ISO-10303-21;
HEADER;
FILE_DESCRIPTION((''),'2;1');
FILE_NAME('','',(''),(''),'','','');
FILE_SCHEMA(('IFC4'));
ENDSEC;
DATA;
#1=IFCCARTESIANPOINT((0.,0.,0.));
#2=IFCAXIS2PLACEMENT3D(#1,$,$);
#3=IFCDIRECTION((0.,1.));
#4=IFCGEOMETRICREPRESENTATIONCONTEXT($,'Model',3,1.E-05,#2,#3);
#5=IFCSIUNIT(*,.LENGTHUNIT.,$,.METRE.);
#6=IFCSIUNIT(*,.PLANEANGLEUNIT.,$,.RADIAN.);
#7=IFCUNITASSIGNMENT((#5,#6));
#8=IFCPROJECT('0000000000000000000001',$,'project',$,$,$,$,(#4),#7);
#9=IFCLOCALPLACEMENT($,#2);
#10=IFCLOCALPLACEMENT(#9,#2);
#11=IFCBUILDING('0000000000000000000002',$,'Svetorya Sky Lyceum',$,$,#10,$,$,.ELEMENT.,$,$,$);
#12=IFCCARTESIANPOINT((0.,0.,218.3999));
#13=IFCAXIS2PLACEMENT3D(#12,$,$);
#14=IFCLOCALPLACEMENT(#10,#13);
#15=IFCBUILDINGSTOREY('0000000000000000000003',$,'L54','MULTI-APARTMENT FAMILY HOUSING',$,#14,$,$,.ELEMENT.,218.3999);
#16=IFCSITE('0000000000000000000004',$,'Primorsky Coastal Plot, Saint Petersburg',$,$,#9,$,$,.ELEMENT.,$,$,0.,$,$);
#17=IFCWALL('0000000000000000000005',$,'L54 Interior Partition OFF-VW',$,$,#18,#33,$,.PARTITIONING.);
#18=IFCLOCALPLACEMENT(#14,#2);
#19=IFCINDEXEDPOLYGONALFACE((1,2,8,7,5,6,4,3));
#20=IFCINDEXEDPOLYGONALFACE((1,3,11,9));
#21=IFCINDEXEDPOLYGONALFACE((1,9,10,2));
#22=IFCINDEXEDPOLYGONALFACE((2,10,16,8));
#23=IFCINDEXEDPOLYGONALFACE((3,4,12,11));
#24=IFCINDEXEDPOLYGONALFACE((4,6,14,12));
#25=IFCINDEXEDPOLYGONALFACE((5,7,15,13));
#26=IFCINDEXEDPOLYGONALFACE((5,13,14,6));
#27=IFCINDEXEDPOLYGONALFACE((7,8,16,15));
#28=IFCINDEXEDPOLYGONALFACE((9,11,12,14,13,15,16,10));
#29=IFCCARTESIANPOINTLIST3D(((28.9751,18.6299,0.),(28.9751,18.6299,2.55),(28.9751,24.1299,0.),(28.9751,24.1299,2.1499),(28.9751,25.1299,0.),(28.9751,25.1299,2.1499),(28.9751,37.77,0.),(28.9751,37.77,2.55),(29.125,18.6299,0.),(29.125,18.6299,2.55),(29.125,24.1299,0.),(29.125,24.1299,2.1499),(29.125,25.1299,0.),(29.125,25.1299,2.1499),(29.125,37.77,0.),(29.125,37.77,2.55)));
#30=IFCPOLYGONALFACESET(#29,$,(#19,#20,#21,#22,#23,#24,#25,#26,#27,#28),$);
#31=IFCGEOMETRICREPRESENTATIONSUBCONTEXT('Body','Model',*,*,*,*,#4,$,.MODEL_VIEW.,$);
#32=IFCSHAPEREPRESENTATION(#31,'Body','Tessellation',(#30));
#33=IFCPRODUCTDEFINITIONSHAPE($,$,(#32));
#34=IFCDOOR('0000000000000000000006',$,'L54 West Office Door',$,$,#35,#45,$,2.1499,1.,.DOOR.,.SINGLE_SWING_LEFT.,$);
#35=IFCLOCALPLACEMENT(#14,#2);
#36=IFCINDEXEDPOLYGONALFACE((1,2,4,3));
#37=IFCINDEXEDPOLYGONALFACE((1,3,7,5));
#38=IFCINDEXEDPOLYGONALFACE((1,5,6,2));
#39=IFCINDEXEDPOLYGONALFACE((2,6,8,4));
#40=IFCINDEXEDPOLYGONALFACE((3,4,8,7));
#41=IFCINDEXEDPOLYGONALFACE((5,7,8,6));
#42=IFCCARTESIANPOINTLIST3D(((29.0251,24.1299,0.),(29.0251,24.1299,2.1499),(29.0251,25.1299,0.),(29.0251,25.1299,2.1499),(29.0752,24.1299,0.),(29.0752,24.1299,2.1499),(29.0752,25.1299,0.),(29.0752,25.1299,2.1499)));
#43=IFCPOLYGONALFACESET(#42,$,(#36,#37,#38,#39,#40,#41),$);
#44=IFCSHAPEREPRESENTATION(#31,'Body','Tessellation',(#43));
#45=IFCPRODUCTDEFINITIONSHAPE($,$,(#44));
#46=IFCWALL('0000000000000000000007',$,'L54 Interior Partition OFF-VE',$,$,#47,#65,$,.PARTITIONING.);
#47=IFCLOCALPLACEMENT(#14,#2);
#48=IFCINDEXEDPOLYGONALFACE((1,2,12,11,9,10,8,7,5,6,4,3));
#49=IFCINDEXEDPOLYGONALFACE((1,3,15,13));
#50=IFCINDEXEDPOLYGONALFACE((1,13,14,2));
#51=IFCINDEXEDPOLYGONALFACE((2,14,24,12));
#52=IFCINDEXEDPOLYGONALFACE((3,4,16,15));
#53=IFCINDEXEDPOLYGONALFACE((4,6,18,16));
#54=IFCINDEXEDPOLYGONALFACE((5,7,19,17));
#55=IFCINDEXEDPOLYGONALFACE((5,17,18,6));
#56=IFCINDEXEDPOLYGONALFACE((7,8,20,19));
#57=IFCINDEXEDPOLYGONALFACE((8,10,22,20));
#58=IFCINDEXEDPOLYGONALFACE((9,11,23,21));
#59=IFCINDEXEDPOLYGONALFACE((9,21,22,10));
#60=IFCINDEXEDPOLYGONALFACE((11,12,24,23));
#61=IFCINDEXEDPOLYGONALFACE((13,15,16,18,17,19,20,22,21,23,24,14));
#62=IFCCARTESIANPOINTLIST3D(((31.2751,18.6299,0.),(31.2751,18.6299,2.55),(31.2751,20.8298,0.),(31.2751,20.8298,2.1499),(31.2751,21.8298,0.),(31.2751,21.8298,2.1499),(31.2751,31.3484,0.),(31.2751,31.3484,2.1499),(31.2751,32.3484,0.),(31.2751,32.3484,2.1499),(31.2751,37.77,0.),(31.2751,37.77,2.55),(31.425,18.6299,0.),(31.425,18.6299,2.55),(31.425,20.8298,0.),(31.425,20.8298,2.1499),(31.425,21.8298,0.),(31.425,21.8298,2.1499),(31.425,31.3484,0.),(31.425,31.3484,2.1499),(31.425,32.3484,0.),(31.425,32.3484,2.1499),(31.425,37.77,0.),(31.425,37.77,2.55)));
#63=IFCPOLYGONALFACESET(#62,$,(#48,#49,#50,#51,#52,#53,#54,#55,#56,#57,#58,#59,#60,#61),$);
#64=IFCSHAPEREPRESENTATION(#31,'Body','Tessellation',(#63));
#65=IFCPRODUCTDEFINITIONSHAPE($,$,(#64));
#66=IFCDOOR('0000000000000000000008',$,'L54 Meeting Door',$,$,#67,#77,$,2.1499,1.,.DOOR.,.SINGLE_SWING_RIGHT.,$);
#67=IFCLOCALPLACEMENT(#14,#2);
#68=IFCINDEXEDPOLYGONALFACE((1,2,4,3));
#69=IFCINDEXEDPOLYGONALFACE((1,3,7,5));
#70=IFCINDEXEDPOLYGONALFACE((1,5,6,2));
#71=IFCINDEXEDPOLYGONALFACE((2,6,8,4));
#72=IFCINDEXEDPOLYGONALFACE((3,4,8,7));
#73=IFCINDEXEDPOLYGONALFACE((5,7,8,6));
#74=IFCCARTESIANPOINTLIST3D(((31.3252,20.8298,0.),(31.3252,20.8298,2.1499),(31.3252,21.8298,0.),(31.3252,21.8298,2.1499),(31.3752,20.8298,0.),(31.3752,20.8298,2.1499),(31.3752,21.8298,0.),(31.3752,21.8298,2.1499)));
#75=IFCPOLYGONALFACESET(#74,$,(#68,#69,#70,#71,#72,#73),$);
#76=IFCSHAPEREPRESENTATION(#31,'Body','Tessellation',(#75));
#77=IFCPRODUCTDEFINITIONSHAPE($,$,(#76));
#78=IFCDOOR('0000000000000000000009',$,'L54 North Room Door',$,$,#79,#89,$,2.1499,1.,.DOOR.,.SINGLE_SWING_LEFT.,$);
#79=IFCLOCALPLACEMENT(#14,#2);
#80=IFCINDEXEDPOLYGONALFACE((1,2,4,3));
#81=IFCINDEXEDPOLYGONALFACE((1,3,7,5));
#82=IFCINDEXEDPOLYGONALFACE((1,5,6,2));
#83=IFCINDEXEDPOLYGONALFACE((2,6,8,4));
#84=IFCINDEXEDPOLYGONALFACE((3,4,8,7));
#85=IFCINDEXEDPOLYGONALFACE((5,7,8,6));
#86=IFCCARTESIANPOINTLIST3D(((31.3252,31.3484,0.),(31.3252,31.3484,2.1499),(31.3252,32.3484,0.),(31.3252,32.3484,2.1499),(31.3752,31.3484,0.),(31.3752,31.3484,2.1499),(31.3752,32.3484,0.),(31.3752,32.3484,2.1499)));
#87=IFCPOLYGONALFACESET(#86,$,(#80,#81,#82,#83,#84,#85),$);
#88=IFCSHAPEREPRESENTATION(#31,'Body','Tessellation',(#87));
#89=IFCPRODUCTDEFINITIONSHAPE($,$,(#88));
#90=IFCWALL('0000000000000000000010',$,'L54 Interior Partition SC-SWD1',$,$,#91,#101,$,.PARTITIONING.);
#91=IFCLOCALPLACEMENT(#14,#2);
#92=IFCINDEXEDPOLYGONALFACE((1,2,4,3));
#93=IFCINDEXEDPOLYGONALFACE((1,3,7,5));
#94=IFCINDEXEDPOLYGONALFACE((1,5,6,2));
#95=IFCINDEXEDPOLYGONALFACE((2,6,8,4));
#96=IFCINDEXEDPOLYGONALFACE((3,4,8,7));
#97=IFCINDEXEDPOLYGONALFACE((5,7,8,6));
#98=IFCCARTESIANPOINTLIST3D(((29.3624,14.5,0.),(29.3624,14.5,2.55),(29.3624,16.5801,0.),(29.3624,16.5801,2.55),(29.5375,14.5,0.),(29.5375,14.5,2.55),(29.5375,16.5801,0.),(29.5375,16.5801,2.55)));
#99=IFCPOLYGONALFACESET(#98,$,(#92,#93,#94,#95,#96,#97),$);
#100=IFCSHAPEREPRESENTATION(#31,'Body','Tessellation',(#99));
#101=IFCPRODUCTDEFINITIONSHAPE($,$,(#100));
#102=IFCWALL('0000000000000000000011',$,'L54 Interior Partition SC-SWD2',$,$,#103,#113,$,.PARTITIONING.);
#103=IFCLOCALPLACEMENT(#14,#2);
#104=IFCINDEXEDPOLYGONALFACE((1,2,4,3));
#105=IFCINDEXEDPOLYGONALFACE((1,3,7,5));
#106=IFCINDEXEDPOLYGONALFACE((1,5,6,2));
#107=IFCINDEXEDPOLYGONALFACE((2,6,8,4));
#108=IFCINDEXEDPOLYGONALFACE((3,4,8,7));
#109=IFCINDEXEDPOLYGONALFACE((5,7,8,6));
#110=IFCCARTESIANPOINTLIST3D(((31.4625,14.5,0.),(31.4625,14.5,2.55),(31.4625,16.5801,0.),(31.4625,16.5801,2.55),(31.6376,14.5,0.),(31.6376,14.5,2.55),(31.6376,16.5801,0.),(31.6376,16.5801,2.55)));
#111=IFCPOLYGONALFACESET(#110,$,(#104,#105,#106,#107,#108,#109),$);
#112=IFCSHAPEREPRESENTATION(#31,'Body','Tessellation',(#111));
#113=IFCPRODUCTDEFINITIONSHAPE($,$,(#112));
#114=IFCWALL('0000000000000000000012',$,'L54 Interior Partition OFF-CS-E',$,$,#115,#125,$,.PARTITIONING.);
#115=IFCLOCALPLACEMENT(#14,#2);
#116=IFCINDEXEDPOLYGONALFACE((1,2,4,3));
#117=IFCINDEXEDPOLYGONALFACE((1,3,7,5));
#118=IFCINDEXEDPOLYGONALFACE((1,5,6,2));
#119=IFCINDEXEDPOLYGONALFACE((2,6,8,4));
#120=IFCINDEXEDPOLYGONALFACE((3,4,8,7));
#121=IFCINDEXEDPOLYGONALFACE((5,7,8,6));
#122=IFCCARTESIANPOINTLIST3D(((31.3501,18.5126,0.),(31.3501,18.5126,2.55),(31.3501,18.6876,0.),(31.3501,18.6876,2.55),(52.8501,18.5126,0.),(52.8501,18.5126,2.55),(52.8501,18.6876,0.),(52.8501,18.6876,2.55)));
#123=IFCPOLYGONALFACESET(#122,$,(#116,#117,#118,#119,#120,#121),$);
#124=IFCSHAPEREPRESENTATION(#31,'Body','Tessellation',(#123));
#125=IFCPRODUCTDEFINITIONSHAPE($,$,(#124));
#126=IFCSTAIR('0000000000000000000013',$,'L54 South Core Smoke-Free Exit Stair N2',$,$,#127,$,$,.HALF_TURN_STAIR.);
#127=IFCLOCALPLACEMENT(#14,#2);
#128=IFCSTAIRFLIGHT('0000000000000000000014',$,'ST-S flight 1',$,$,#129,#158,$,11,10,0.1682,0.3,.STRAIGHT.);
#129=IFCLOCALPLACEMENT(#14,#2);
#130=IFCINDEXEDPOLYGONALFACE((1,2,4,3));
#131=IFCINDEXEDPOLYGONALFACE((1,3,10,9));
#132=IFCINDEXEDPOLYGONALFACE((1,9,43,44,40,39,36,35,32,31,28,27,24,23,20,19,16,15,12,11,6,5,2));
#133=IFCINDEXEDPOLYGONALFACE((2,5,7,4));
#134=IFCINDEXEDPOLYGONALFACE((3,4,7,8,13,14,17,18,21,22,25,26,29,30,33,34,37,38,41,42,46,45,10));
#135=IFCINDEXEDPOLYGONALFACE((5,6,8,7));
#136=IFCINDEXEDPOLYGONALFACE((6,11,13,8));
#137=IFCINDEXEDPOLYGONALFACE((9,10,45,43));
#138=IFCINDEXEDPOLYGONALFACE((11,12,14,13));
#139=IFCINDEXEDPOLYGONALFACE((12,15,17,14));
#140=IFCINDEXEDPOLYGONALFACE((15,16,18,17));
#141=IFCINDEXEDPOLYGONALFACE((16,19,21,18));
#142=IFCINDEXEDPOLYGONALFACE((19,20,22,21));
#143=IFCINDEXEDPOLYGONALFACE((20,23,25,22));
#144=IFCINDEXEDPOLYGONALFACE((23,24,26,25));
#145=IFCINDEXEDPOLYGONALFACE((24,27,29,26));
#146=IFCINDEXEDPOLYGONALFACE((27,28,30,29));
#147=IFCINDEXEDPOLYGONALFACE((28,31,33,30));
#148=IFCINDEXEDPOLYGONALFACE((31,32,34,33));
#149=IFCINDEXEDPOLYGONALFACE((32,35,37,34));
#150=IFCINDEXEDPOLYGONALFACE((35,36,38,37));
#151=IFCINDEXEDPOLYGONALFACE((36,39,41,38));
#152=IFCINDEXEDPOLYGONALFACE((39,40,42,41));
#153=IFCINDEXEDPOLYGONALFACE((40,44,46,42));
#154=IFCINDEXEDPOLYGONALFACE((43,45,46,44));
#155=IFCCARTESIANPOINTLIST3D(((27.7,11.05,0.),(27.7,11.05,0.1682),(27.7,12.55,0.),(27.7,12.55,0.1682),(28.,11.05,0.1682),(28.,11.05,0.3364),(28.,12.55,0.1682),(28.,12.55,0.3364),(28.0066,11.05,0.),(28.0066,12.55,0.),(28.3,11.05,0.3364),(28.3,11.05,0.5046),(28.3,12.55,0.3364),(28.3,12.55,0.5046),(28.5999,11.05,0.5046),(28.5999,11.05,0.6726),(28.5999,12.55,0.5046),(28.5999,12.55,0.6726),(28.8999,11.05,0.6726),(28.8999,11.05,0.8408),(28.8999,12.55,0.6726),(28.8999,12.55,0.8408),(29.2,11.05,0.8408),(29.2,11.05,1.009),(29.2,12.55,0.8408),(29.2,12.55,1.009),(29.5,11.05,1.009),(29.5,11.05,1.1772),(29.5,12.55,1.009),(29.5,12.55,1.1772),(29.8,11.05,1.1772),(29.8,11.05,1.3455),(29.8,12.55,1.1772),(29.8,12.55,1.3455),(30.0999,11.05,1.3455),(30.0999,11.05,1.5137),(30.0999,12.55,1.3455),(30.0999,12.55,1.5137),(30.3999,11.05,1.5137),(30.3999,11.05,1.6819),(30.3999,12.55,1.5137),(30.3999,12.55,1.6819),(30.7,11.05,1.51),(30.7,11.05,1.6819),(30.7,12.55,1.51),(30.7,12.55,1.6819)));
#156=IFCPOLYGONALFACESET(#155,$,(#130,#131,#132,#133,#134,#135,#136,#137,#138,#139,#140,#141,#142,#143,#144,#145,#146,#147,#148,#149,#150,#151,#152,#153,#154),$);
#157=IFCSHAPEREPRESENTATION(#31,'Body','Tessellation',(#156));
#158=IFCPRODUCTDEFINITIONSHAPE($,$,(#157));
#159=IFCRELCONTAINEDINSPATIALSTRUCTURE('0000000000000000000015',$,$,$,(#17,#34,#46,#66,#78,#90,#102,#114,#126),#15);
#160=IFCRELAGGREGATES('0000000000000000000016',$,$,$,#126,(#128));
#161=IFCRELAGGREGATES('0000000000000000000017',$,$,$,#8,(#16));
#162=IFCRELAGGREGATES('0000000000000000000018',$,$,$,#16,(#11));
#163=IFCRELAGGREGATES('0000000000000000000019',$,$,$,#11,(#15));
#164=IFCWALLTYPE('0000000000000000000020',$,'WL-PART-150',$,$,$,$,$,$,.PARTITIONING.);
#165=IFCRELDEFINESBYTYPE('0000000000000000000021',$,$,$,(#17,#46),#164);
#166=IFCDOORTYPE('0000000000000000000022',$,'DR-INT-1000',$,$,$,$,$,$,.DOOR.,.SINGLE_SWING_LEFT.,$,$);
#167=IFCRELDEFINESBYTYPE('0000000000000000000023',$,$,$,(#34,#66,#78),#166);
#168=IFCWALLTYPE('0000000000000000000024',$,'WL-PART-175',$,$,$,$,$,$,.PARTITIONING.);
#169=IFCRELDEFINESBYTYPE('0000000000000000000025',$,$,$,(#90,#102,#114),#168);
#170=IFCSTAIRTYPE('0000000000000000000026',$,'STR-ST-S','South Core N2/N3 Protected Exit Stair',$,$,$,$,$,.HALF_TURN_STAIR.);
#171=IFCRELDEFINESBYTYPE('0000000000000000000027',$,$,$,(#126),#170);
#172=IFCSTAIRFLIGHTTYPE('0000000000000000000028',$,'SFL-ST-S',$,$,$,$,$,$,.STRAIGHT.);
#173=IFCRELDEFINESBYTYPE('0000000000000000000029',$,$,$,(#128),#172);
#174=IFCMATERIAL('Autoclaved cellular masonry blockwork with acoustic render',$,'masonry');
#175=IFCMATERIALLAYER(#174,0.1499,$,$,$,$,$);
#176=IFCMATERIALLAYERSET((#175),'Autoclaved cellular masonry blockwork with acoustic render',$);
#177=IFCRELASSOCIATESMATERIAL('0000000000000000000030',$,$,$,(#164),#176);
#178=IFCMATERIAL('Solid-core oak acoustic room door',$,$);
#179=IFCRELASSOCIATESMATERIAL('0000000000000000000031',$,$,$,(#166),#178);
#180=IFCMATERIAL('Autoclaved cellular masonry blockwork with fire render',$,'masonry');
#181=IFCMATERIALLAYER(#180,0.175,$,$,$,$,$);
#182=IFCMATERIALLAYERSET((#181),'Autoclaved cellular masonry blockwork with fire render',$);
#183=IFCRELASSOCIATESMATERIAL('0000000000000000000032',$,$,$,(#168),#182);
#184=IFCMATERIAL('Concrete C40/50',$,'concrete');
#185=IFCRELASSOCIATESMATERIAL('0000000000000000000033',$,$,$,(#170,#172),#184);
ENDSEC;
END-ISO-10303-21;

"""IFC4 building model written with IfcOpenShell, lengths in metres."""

from ifc_helpers import new_model, si_unit, direction, frame, frame_2d, origin, place, context, subcontext, project, spatial, polyline, rectangle, outline, extrude, material, layer, layer_set, type_object, element, fill, aggregate, save


model = new_model("IFC4")

# Units and contexts
model_context = context("Model", 3, precision=1e-05, world=origin(), true_north=direction((0.0, 1.0)))
body_context = subcontext(model_context, "Body", "Model", "MODEL_VIEW")
ifc_project = project(units=[si_unit("LENGTHUNIT", "METRE"), si_unit("PLANEANGLEUNIT", "RADIAN")], contexts=[model_context])

# Site, building, storey
site_placement = place(None, origin())
site = spatial("IfcSite", under=ifc_project, at=site_placement, Name="Primorsky Coastal Plot, Saint Petersburg", CompositionType="ELEMENT", RefElevation=0.0)
building_placement = place(site_placement, origin())
building = spatial("IfcBuilding", under=site, at=building_placement, Name="Svetorya Sky Lyceum", CompositionType="ELEMENT")
storey_placement = place(building_placement, frame((0.0, 0.0, 218.3999)))
storey = spatial("IfcBuildingStorey", under=building, at=storey_placement, Name="L54", Description="MULTI-APARTMENT FAMILY HOUSING", CompositionType="ELEMENT", Elevation=218.3999)

# Wall, opening, door
ifc_material_1 = material(Name="Autoclaved cellular masonry blockwork with acoustic render", Category="masonry")
ifc_layer_1 = layer(ifc_material_1, 0.1499)
ifc_layer_set_1 = layer_set([ifc_layer_1], Name="Autoclaved cellular masonry blockwork with acoustic render")
wall_type_1 = type_object("IfcWallType", Name="WL-PART-150", PredefinedType="PARTITIONING", material=ifc_layer_set_1)
wall_1_placement = place(storey_placement, frame((29.05, 18.6299, 0.0), z_axis=(0.0, 0.0, 1.0), x_axis=(0.0, 1.0, 0.0)))
wall_1 = element("IfcWall", 1, at=wall_1_placement, inside=storey, type_object=wall_type_1, Name="L54 Interior Partition OFF-VW", PredefinedType="PARTITIONING", context=body_context, shape_type="SweptSolid", body=[
    extrude(rectangle(XDim=19.1401, YDim=0.1499, at=frame_2d((9.5701, 0.0))), origin(), (0.0, 0.0, 1.0), 2.55),
])
opening_1_placement = place(wall_1_placement, frame((5.5, 0.0, 0.0)))
opening_1 = element("IfcOpeningElement", 2, at=opening_1_placement, cuts=wall_1, PredefinedType="OPENING", context=body_context, shape_type="SweptSolid", body=[
    extrude(rectangle(XDim=1.0, YDim=2.1499, at=frame_2d((0.5, 1.075))), frame((0.0, 0.085, 0.0), z_axis=(0.0, -1.0, 0.0), x_axis=(1.0, 0.0, 0.0)), (0.0, 0.0, 1.0), 0.1699),
])
ifc_material_2 = material(Name="Solid-core oak acoustic room door")
door_type_1 = type_object("IfcDoorType", Name="DR-INT-1000", OperationType="SINGLE_SWING_LEFT", PredefinedType="DOOR", material=ifc_material_2)
door_1_placement = place(opening_1_placement, origin())
door_1 = element("IfcDoor", 3, at=door_1_placement, inside=storey, type_object=door_type_1, Name="L54 West Office Door", OperationType="SINGLE_SWING_LEFT", OverallHeight=2.1499, OverallWidth=1.0, PredefinedType="DOOR", context=body_context, shape_type="SweptSolid", body=[
    extrude(rectangle(XDim=1.0, YDim=2.1499, at=frame_2d((0.5, 1.075))), frame((0.0, 0.0249, 0.0), z_axis=(0.0, -1.0, 0.0), x_axis=(1.0, 0.0, 0.0)), (0.0, 0.0, 1.0), 0.05),
])
fill(opening_1, door_1)

# Wall, openings, doors
wall_2_placement = place(storey_placement, frame((31.3501, 18.6299, 0.0), z_axis=(0.0, 0.0, 1.0), x_axis=(0.0, 1.0, 0.0)))
wall_2 = element("IfcWall", 4, at=wall_2_placement, inside=storey, type_object=wall_type_1, Name="L54 Interior Partition OFF-VE", PredefinedType="PARTITIONING", context=body_context, shape_type="SweptSolid", body=[
    extrude(rectangle(XDim=19.1401, YDim=0.1499, at=frame_2d((9.5701, 0.0))), origin(), (0.0, 0.0, 1.0), 2.55),
])
opening_2_placement = place(wall_2_placement, frame((2.2, 0.0, 0.0)))
opening_2 = element("IfcOpeningElement", 5, at=opening_2_placement, cuts=wall_2, PredefinedType="OPENING", context=body_context, shape_type="SweptSolid", body=[
    extrude(rectangle(XDim=1.0, YDim=2.1499, at=frame_2d((0.5, 1.075))), frame((0.0, 0.085, 0.0), z_axis=(0.0, -1.0, 0.0), x_axis=(1.0, 0.0, 0.0)), (0.0, 0.0, 1.0), 0.1699),
])
opening_3_placement = place(wall_2_placement, frame((12.7185, 0.0, 0.0)))
opening_3 = element("IfcOpeningElement", 6, at=opening_3_placement, cuts=wall_2, PredefinedType="OPENING", context=body_context, shape_type="SweptSolid", body=[
    extrude(rectangle(XDim=1.0, YDim=2.1499, at=frame_2d((0.5, 1.075))), frame((0.0, 0.085, 0.0), z_axis=(0.0, -1.0, 0.0), x_axis=(1.0, 0.0, 0.0)), (0.0, 0.0, 1.0), 0.1699),
])
door_2_placement = place(opening_2_placement, origin())
door_2 = element("IfcDoor", 7, at=door_2_placement, inside=storey, type_object=door_type_1, Name="L54 Meeting Door", OperationType="SINGLE_SWING_RIGHT", OverallHeight=2.1499, OverallWidth=1.0, PredefinedType="DOOR", context=body_context, shape_type="SweptSolid", body=[
    extrude(rectangle(XDim=1.0, YDim=2.1499, at=frame_2d((0.5, 1.075))), frame((0.0, 0.0249, 0.0), z_axis=(0.0, -1.0, 0.0), x_axis=(1.0, 0.0, 0.0)), (0.0, 0.0, 1.0), 0.05),
])
fill(opening_2, door_2)
door_3_placement = place(opening_3_placement, origin())
door_3 = element("IfcDoor", 8, at=door_3_placement, inside=storey, type_object=door_type_1, Name="L54 North Room Door", OperationType="SINGLE_SWING_LEFT", OverallHeight=2.1499, OverallWidth=1.0, PredefinedType="DOOR", context=body_context, shape_type="SweptSolid", body=[
    extrude(rectangle(XDim=1.0, YDim=2.1499, at=frame_2d((0.5, 1.075))), frame((0.0, 0.0249, 0.0), z_axis=(0.0, -1.0, 0.0), x_axis=(1.0, 0.0, 0.0)), (0.0, 0.0, 1.0), 0.05),
])
fill(opening_3, door_3)

# Walls
ifc_material_3 = material(Name="Autoclaved cellular masonry blockwork with fire render", Category="masonry")
ifc_layer_2 = layer(ifc_material_3, 0.175)
ifc_layer_set_2 = layer_set([ifc_layer_2], Name="Autoclaved cellular masonry blockwork with fire render")
wall_type_2 = type_object("IfcWallType", Name="WL-PART-175", PredefinedType="PARTITIONING", material=ifc_layer_set_2)
for number, where, z_axis, x_axis, name in (
    (9, (29.45, 14.5, 0.0), (0.0, 0.0, 1.0), (0.0, 1.0, 0.0), "L54 Interior Partition SC-SWD1"),
    (10, (31.55, 14.5, 0.0), (0.0, 0.0, 1.0), (0.0, 1.0, 0.0), "L54 Interior Partition SC-SWD2"),
):
    element("IfcWall", number, at=place(storey_placement, frame(where, z_axis=z_axis, x_axis=x_axis)), inside=storey, type_object=wall_type_2, Name=name, PredefinedType="PARTITIONING", context=body_context, shape_type="SweptSolid", body=[
        extrude(rectangle(XDim=2.0801, YDim=0.175, at=frame_2d((1.04, 0.0))), origin(), (0.0, 0.0, 1.0), 2.55),
    ])
wall_3_placement = place(storey_placement, frame((31.3501, 18.6001, 0.0), z_axis=(0.0, 0.0, 1.0), x_axis=(1.0, 0.0, 0.0)))
element("IfcWall", 11, at=wall_3_placement, inside=storey, type_object=wall_type_2, Name="L54 Interior Partition OFF-CS-E", PredefinedType="PARTITIONING", context=body_context, shape_type="SweptSolid", body=[
    extrude(rectangle(XDim=21.5, YDim=0.175, at=frame_2d((10.75, 0.0))), origin(), (0.0, 0.0, 1.0), 2.55),
])

# Stair, stair flight
ifc_material_4 = material(Name="Concrete C40/50", Category="concrete")
stair_type = type_object("IfcStairType", Name="STR-ST-S", Description="South Core N2/N3 Protected Exit Stair", PredefinedType="HALF_TURN_STAIR", material=ifc_material_4)
stair_placement = place(storey_placement, origin())
stair = element("IfcStair", 12, at=stair_placement, inside=storey, type_object=stair_type, Name="L54 South Core Smoke-Free Exit Stair N2", PredefinedType="HALF_TURN_STAIR")
stair_flight_type = type_object("IfcStairFlightType", Name="SFL-ST-S", PredefinedType="STRAIGHT", material=ifc_material_4)
stair_flight_1_placement = place(storey_placement, frame((27.7, 11.8, 0.0), z_axis=(0.0, 0.0, 1.0), x_axis=(1.0, 0.0, 0.0)))
stair_flight_1 = element("IfcStairFlight", 13, at=stair_flight_1_placement, type_object=stair_flight_type, Name="ST-S flight 1", NumberOfRisers=11, NumberOfTreads=10, PredefinedType="STRAIGHT", RiserHeight=0.1682, TreadLength=0.3, context=body_context, shape_type="SweptSolid", body=[
    extrude(outline(polyline([(0.0, 0.0), (0.0, 0.1682), (0.3, 0.1682), (0.3, 0.3364), (0.6001, 0.3364), (0.6001, 0.5046), (0.8999, 0.5046), (0.8999, 0.6726), (1.2, 0.6726), (1.2, 0.8408), (1.5, 0.8408), (1.5, 1.009), (1.8, 1.009), (1.8, 1.1772), (2.1001, 1.1772), (2.1001, 1.3455), (2.3999, 1.3455), (2.3999, 1.5137), (2.7, 1.5137), (2.7, 1.6819), (3.0, 1.6819), (3.0, 1.8501), (3.0, 1.51), (0.3066, 0.0), (0.0, 0.0)])), frame((0.0, 0.75, 0.0), z_axis=(0.0, -1.0, 0.0), x_axis=(1.0, 0.0, 0.0)), (0.0, 0.0, 1.0), 1.5),
])
aggregate(stair, [stair_flight_1])

save(model, "model.ifc")
